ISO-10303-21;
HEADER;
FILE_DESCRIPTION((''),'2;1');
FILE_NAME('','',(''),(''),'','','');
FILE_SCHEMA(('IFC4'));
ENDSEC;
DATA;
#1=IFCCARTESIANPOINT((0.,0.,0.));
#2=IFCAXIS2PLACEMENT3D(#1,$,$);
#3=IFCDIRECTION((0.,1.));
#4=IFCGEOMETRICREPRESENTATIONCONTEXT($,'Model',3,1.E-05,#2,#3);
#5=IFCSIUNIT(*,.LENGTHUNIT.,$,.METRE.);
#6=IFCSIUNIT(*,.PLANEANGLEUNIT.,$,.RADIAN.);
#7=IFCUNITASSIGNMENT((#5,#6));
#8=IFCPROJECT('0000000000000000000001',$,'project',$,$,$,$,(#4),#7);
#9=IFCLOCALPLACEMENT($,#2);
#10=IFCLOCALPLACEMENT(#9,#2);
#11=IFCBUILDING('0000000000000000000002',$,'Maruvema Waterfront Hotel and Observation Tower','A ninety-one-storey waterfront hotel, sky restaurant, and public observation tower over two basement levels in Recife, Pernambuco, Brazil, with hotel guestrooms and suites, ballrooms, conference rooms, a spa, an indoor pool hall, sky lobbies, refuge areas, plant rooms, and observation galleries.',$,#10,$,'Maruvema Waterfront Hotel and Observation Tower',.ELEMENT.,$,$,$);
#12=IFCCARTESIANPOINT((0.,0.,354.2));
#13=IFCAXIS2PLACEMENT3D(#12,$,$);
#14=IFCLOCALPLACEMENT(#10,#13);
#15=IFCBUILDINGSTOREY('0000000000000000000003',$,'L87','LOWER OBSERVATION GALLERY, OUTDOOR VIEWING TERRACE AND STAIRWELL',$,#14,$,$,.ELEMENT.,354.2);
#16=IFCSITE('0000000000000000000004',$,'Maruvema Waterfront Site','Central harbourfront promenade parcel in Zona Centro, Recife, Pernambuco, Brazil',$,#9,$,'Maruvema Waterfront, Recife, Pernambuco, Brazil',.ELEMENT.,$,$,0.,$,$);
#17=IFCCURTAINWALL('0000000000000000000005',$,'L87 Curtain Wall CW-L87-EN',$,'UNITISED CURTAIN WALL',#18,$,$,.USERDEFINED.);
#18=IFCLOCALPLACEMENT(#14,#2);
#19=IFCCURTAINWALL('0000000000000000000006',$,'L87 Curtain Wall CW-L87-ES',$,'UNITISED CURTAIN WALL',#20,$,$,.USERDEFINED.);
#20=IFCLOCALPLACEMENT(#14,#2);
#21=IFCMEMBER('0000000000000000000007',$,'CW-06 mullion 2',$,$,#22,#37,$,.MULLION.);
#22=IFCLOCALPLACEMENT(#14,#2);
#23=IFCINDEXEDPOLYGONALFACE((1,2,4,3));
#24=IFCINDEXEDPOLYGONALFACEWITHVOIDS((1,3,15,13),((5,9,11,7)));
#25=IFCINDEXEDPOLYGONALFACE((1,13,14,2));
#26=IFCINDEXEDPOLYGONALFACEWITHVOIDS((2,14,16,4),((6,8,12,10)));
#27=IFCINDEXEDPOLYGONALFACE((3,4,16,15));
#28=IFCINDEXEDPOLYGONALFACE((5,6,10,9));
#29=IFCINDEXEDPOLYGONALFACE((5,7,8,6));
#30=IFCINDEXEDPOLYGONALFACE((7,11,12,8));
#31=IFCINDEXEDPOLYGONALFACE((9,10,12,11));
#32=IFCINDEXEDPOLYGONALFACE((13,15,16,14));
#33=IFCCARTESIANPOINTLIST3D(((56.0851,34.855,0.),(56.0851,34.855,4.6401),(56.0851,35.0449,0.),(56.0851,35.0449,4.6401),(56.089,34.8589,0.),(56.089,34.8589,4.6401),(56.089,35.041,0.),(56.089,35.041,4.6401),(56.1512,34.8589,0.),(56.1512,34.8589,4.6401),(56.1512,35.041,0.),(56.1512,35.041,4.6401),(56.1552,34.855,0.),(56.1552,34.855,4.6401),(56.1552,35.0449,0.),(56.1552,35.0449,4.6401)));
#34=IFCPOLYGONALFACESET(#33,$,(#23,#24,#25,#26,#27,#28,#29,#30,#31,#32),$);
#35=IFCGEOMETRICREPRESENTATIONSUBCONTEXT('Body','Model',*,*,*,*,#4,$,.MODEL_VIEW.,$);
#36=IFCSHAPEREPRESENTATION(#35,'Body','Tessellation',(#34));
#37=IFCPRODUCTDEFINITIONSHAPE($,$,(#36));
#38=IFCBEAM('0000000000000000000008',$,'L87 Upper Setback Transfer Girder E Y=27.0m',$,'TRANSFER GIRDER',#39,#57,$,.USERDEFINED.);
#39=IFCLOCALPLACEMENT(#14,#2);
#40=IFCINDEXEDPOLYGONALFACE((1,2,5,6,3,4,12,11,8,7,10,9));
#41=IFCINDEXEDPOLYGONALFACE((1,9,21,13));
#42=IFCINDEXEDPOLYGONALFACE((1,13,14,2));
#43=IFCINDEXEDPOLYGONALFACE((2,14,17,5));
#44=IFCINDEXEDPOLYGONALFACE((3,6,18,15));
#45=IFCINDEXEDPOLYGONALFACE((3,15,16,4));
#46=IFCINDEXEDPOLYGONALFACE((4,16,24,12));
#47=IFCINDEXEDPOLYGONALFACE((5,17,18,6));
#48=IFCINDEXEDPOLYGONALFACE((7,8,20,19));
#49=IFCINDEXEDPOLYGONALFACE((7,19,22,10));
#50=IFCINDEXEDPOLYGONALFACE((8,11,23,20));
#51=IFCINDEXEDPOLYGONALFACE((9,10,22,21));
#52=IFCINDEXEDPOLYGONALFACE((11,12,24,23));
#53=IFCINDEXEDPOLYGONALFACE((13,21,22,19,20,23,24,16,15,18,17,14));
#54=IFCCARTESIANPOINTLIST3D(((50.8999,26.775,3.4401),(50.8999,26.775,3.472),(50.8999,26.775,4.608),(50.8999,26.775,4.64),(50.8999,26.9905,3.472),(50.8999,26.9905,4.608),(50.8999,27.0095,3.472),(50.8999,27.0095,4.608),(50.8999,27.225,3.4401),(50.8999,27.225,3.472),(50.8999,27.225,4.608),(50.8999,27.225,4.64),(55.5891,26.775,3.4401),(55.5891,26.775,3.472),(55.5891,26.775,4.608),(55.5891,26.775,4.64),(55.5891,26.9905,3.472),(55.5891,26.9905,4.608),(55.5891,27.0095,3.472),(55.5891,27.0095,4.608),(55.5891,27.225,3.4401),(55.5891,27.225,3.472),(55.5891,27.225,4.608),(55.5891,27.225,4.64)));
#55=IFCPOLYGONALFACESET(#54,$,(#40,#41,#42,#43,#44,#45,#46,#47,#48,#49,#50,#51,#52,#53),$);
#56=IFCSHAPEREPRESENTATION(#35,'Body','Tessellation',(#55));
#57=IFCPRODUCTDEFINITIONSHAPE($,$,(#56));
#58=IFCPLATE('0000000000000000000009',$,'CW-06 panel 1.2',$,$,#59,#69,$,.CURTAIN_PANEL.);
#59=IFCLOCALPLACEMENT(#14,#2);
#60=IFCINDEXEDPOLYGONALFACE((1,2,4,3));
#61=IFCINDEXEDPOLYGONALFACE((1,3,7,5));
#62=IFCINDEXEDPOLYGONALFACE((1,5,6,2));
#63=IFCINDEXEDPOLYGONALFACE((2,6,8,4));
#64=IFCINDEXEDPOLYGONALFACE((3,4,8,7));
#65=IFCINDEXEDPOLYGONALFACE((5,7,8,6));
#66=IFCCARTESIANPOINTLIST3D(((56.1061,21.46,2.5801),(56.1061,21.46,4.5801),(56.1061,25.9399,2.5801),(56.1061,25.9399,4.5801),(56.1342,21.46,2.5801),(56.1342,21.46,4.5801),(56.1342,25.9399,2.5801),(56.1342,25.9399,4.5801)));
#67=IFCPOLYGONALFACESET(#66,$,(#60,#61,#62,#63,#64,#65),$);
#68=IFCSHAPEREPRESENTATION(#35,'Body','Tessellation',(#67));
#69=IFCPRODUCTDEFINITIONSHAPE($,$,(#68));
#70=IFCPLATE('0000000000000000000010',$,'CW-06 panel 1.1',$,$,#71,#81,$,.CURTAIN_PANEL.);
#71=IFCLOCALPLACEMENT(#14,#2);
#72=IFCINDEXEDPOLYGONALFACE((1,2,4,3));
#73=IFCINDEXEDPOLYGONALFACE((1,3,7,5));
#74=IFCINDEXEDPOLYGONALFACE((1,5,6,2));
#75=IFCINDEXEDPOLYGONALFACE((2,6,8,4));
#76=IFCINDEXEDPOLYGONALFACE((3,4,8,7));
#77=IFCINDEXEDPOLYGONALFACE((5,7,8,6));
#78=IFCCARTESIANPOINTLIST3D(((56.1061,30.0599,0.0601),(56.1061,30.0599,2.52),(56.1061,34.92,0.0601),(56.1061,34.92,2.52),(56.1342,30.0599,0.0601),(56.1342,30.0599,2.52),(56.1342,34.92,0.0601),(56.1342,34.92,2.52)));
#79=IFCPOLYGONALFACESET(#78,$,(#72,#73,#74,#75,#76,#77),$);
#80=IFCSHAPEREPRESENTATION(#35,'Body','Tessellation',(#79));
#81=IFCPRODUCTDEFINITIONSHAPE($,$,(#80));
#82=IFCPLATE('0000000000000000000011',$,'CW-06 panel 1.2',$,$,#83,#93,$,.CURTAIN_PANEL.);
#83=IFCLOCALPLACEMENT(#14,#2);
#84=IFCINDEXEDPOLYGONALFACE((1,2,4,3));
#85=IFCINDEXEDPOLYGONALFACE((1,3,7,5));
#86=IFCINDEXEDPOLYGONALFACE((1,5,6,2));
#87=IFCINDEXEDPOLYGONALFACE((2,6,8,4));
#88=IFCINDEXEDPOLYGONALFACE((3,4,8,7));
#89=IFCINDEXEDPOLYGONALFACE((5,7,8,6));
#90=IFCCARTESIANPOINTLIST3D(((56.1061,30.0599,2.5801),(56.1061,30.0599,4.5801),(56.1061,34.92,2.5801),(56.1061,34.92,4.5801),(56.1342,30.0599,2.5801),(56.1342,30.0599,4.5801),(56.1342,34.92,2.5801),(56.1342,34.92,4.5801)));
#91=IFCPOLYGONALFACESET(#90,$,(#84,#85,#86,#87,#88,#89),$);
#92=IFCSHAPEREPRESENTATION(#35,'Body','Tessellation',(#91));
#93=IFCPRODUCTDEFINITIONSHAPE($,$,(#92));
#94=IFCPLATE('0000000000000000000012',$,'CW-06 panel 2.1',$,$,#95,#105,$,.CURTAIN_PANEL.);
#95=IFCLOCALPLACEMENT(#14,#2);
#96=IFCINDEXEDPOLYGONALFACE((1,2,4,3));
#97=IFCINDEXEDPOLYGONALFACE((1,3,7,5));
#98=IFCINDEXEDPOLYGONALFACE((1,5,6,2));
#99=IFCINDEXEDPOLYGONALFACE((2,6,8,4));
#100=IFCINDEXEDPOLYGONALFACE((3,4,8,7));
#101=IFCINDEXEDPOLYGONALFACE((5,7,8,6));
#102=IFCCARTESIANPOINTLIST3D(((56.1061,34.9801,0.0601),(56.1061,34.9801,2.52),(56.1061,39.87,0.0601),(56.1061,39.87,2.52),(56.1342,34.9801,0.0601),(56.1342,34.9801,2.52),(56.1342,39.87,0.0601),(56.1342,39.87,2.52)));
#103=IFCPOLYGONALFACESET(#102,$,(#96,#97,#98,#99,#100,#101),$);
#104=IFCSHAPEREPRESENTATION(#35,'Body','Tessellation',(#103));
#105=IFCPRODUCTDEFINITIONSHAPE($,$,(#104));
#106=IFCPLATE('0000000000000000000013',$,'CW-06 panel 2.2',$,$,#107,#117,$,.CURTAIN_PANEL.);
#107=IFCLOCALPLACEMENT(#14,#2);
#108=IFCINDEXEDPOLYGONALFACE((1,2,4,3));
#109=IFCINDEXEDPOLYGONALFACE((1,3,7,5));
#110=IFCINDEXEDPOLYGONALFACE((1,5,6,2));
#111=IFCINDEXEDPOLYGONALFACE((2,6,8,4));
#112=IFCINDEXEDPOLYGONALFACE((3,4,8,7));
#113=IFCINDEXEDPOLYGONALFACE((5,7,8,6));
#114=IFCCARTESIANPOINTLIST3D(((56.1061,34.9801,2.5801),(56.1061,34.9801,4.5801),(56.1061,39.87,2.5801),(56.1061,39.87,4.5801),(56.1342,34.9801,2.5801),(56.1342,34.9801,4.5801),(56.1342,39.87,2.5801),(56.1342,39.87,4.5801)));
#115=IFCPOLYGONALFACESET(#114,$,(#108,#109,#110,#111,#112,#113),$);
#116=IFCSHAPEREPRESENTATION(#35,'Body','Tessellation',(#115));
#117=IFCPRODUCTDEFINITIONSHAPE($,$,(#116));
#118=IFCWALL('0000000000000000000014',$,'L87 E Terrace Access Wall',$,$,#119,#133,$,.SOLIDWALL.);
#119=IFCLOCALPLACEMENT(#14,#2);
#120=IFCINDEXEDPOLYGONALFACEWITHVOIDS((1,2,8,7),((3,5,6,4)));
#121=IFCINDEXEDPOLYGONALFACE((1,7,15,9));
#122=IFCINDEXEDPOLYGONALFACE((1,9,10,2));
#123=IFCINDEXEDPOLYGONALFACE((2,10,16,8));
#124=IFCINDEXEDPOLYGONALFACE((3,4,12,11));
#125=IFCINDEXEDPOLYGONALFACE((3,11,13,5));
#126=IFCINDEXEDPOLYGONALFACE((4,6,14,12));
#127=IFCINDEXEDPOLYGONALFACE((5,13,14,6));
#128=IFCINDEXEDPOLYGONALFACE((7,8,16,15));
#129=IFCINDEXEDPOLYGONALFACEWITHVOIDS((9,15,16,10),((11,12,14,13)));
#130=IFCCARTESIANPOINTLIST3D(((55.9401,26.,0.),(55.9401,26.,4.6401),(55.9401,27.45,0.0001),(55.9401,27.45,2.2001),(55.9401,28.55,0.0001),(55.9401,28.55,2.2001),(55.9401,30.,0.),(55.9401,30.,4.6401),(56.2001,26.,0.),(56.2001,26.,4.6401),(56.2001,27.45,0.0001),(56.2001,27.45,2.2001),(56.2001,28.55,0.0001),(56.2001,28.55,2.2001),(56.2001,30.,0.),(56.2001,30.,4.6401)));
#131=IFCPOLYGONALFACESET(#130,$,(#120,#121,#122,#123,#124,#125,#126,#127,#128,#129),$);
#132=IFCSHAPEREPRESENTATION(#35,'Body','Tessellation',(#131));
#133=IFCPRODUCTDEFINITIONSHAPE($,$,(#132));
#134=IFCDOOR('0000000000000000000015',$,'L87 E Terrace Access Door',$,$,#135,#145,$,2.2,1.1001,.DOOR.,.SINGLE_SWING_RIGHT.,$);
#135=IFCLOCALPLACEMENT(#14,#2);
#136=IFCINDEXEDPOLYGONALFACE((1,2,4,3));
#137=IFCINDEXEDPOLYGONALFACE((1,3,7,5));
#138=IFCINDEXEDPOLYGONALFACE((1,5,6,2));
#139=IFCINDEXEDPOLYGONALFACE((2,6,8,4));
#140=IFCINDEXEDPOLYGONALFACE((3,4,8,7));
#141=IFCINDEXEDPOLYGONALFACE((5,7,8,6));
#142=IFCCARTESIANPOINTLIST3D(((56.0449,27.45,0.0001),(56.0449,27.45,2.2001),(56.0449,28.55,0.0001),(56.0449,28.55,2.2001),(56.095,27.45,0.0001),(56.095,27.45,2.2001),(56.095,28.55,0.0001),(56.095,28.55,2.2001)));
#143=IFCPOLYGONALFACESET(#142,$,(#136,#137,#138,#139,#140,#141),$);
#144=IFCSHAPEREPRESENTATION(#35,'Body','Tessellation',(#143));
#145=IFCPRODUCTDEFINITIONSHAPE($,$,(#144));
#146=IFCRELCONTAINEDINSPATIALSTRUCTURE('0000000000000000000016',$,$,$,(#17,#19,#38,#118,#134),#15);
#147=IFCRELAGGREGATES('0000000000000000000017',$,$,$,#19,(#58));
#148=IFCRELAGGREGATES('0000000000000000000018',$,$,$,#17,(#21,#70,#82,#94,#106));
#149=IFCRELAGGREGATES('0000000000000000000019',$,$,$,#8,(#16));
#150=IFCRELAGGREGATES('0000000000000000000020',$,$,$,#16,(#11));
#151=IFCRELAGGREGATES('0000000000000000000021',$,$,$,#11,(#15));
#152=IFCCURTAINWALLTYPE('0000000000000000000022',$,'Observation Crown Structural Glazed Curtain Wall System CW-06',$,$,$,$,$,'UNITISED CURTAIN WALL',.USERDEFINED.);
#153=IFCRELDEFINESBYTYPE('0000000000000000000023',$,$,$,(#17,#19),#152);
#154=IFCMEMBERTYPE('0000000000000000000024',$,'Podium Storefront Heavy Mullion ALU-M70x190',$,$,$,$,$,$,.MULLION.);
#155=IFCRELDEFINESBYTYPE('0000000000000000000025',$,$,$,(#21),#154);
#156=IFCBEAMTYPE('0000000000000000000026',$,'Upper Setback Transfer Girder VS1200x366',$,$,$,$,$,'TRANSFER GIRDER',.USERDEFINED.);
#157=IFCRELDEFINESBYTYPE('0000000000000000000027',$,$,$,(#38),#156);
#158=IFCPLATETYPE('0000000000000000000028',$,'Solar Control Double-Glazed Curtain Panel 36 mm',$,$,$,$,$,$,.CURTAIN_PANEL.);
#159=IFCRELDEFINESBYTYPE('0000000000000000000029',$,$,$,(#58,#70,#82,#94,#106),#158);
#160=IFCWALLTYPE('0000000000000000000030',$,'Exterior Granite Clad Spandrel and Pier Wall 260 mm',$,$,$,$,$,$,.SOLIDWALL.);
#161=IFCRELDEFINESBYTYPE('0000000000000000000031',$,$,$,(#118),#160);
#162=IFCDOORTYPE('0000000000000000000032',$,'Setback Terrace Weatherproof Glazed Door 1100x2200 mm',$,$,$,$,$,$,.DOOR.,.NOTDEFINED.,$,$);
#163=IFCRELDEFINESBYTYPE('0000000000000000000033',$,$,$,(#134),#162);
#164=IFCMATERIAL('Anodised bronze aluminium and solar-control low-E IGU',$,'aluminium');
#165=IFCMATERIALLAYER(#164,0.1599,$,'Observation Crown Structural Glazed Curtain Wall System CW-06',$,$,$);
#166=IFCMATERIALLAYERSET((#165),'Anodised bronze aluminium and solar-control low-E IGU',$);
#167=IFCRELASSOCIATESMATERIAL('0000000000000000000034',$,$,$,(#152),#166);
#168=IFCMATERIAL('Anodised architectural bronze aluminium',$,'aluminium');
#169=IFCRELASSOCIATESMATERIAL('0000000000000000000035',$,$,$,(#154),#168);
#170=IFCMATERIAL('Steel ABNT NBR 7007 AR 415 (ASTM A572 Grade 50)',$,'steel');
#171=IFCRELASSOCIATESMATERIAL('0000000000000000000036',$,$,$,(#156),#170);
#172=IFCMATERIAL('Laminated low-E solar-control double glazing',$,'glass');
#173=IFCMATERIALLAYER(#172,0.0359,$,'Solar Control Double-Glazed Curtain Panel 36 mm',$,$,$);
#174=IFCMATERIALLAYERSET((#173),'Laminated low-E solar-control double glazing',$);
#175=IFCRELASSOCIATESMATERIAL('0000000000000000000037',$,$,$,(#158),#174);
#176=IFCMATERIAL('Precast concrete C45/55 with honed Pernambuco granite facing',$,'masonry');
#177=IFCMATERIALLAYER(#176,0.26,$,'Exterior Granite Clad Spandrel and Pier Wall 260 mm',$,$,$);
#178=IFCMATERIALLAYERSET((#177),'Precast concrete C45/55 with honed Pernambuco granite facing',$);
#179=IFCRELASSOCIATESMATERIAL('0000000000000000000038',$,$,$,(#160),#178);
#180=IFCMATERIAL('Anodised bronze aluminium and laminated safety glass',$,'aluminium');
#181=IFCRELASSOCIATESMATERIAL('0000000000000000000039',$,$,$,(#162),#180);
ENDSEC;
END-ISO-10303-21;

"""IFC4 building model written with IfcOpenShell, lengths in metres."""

from ifc_helpers import new_model, si_unit, direction, frame, frame_2d, origin, origin_2d, place, context, subcontext, project, spatial, rectangle, hollow_rectangle, i_section, extrude, material, layer, layer_set, material_profile, profile_set, type_object, element, fill, aggregate, save


model = new_model("IFC4")

# Units and contexts
model_context = context("Model", 3, precision=1e-05, world=origin(), true_north=direction((0.0, 1.0)))
body_context = subcontext(model_context, "Body", "Model", "MODEL_VIEW")
ifc_project = project(units=[si_unit("LENGTHUNIT", "METRE"), si_unit("PLANEANGLEUNIT", "RADIAN")], contexts=[model_context])

# Site, building, storey
site_placement = place(None, origin())
site = spatial("IfcSite", under=ifc_project, at=site_placement, Name="Maruvema Waterfront Site", Description="Central harbourfront promenade parcel in Zona Centro, Recife, Pernambuco, Brazil", LongName="Maruvema Waterfront, Recife, Pernambuco, Brazil", CompositionType="ELEMENT", RefElevation=0.0)
building_placement = place(site_placement, origin())
building = spatial("IfcBuilding", under=site, at=building_placement, Name="Maruvema Waterfront Hotel and Observation Tower", Description="A ninety-one-storey waterfront hotel, sky restaurant, and public observation tower over two basement levels in Recife, Pernambuco, Brazil, with hotel guestrooms and suites, ballrooms, conference rooms, a spa, an indoor pool hall, sky lobbies, refuge areas, plant rooms, and observation galleries.", LongName="Maruvema Waterfront Hotel and Observation Tower", CompositionType="ELEMENT")
storey_placement = place(building_placement, frame((0.0, 0.0, 354.2)))
storey = spatial("IfcBuildingStorey", under=building, at=storey_placement, Name="L87", Description="LOWER OBSERVATION GALLERY, OUTDOOR VIEWING TERRACE AND STAIRWELL", CompositionType="ELEMENT", Elevation=354.2)

# Curtain wall
ifc_material_1 = material(Name="Anodised bronze aluminium and solar-control low-E IGU", Category="aluminium")
ifc_layer_1 = layer(ifc_material_1, 0.1599, Name="Observation Crown Structural Glazed Curtain Wall System CW-06")
ifc_layer_set_1 = layer_set([ifc_layer_1], Name="Anodised bronze aluminium and solar-control low-E IGU")
curtain_wall_type = type_object("IfcCurtainWallType", Name="Observation Crown Structural Glazed Curtain Wall System CW-06", ElementType="UNITISED CURTAIN WALL", PredefinedType="USERDEFINED", material=ifc_layer_set_1)
curtain_wall_1_placement = place(storey_placement, origin())
curtain_wall_1 = element("IfcCurtainWall", 1, at=curtain_wall_1_placement, inside=storey, type_object=curtain_wall_type, Name="L87 Curtain Wall CW-L87-EN", ObjectType="UNITISED CURTAIN WALL", PredefinedType="USERDEFINED")

# Curtain wall
curtain_wall_2_placement = place(storey_placement, origin())
curtain_wall_2 = element("IfcCurtainWall", 2, at=curtain_wall_2_placement, inside=storey, type_object=curtain_wall_type, Name="L87 Curtain Wall CW-L87-ES", ObjectType="UNITISED CURTAIN WALL", PredefinedType="USERDEFINED")
ifc_material_2 = material(Name="Anodised architectural bronze aluminium", Category="aluminium")
ifc_material_profile_1 = material_profile(ifc_material_2, hollow_rectangle(XDim=0.0701, YDim=0.1899, WallThickness=0.0039, at=origin_2d()), Name="ALU-M70x190")
ifc_profile_set_1 = profile_set([ifc_material_profile_1], Name="Anodised architectural bronze aluminium")
member_type_1 = type_object("IfcMemberType", Name="Podium Storefront Heavy Mullion ALU-M70x190", PredefinedType="MULLION", material=ifc_profile_set_1)

# Member
member_1_placement = place(storey_placement, frame((56.1201, 34.95, 0.0), z_axis=(0.0, 0.0, 1.0), x_axis=(-1.0, 0.0, 0.0)))
member_1 = element("IfcMember", 3, at=member_1_placement, type_object=member_type_1, Name="CW-06 mullion 2", PredefinedType="MULLION", context=body_context, shape_type="SweptSolid", body=[
    extrude(hollow_rectangle(XDim=0.0701, YDim=0.1899, WallThickness=0.0039, at=origin_2d()), origin(), (0.0, 0.0, 1.0), 4.6401),
])

# Beam
ifc_material_3 = material(Name="Steel ABNT NBR 7007 AR 415 (ASTM A572 Grade 50)", Category="steel")
ifc_material_profile_2 = material_profile(ifc_material_3, i_section(OverallWidth=0.45, OverallDepth=1.2, WebThickness=0.019, FlangeThickness=0.032, at=origin_2d()), Name="VS1200x366")
ifc_profile_set_2 = profile_set([ifc_material_profile_2], Name="Steel ABNT NBR 7007 AR 415 (ASTM A572 Grade 50)")
beam_type = type_object("IfcBeamType", Name="Upper Setback Transfer Girder VS1200x366", ElementType="TRANSFER GIRDER", PredefinedType="USERDEFINED", material=ifc_profile_set_2)
beam_placement = place(storey_placement, frame((50.8999, 27.0, 4.04), z_axis=(1.0, 0.0, 0.0), x_axis=(0.0, 1.0, 0.0)))
element("IfcBeam", 4, at=beam_placement, inside=storey, type_object=beam_type, Name="L87 Upper Setback Transfer Girder E Y=27.0m", ObjectType="TRANSFER GIRDER", PredefinedType="USERDEFINED", context=body_context, shape_type="SweptSolid", body=[
    extrude(i_section(OverallWidth=0.45, OverallDepth=1.2, WebThickness=0.019, FlangeThickness=0.032, at=origin_2d()), origin(), (0.0, 0.0, 1.0), 4.6892),
])

# Plates
ifc_material_4 = material(Name="Laminated low-E solar-control double glazing", Category="glass")
ifc_layer_2 = layer(ifc_material_4, 0.0359, Name="Solar Control Double-Glazed Curtain Panel 36 mm")
ifc_layer_set_2 = layer_set([ifc_layer_2], Name="Laminated low-E solar-control double glazing")
plate_type = type_object("IfcPlateType", Name="Solar Control Double-Glazed Curtain Panel 36 mm", PredefinedType="CURTAIN_PANEL", material=ifc_layer_set_2)
plate_1_placement = place(storey_placement, frame((56.1201, 23.7, 2.5801), z_axis=(0.0, 0.0, 1.0), x_axis=(0.0, 1.0, 0.0)))
plate_1 = element("IfcPlate", 5, at=plate_1_placement, type_object=plate_type, Name="CW-06 panel 1.2", PredefinedType="CURTAIN_PANEL", context=body_context, shape_type="SweptSolid", body=[
    extrude(rectangle(XDim=4.48, YDim=0.0281, at=origin_2d()), origin(), (0.0, 0.0, 1.0), 2.0),
])
aggregate(curtain_wall_2, [plate_1])
plate_2_placement = place(storey_placement, frame((56.1201, 32.49, 0.0601), z_axis=(0.0, 0.0, 1.0), x_axis=(0.0, 1.0, 0.0)))
plate_2 = element("IfcPlate", 6, at=plate_2_placement, type_object=plate_type, Name="CW-06 panel 1.1", PredefinedType="CURTAIN_PANEL", context=body_context, shape_type="SweptSolid", body=[
    extrude(rectangle(XDim=4.8601, YDim=0.0281, at=origin_2d()), origin(), (0.0, 0.0, 1.0), 2.46),
])
plate_3_placement = place(storey_placement, frame((56.1201, 32.49, 2.5801), z_axis=(0.0, 0.0, 1.0), x_axis=(0.0, 1.0, 0.0)))
plate_3 = element("IfcPlate", 7, at=plate_3_placement, type_object=plate_type, Name="CW-06 panel 1.2", PredefinedType="CURTAIN_PANEL", context=body_context, shape_type="SweptSolid", body=[
    extrude(rectangle(XDim=4.8601, YDim=0.0281, at=origin_2d()), origin(), (0.0, 0.0, 1.0), 2.0),
])
plate_4_placement = place(storey_placement, frame((56.1201, 37.425, 0.0601), z_axis=(0.0, 0.0, 1.0), x_axis=(0.0, 1.0, 0.0)))
plate_4 = element("IfcPlate", 8, at=plate_4_placement, type_object=plate_type, Name="CW-06 panel 2.1", PredefinedType="CURTAIN_PANEL", context=body_context, shape_type="SweptSolid", body=[
    extrude(rectangle(XDim=4.8899, YDim=0.0281, at=origin_2d()), origin(), (0.0, 0.0, 1.0), 2.46),
])
plate_5_placement = place(storey_placement, frame((56.1201, 37.425, 2.5801), z_axis=(0.0, 0.0, 1.0), x_axis=(0.0, 1.0, 0.0)))
plate_5 = element("IfcPlate", 9, at=plate_5_placement, type_object=plate_type, Name="CW-06 panel 2.2", PredefinedType="CURTAIN_PANEL", context=body_context, shape_type="SweptSolid", body=[
    extrude(rectangle(XDim=4.8899, YDim=0.0281, at=origin_2d()), origin(), (0.0, 0.0, 1.0), 2.0),
])
aggregate(curtain_wall_1, [member_1, plate_2, plate_3, plate_4, plate_5])

# Wall, opening, door
ifc_material_5 = material(Name="Precast concrete C45/55 with honed Pernambuco granite facing", Category="masonry")
ifc_layer_3 = layer(ifc_material_5, 0.26, Name="Exterior Granite Clad Spandrel and Pier Wall 260 mm")
ifc_layer_set_3 = layer_set([ifc_layer_3], Name="Precast concrete C45/55 with honed Pernambuco granite facing")
wall_type = type_object("IfcWallType", Name="Exterior Granite Clad Spandrel and Pier Wall 260 mm", PredefinedType="SOLIDWALL", material=ifc_layer_set_3)
wall_placement = place(storey_placement, frame((56.0701, 26.0, 0.0), z_axis=(0.0, 0.0, 1.0), x_axis=(0.0, 1.0, 0.0)))
wall = element("IfcWall", 10, at=wall_placement, inside=storey, type_object=wall_type, Name="L87 E Terrace Access Wall", PredefinedType="SOLIDWALL", context=body_context, shape_type="SweptSolid", body=[
    extrude(rectangle(XDim=4.0, YDim=0.26, at=frame_2d((2.0, 0.0))), origin(), (0.0, 0.0, 1.0), 4.6401),
])
opening_placement = place(wall_placement, frame((1.45, 0.0, 0.0)))
opening = element("IfcOpeningElement", 11, at=opening_placement, cuts=wall, PredefinedType="OPENING", context=body_context, shape_type="SweptSolid", body=[
    extrude(rectangle(XDim=1.1001, YDim=2.2, at=frame_2d((0.55, 1.1001))), frame((0.0, 0.1401, 0.0), z_axis=(0.0, -1.0, 0.0), x_axis=(1.0, 0.0, 0.0)), (0.0, 0.0, 1.0), 0.28),
])
ifc_material_6 = material(Name="Anodised bronze aluminium and laminated safety glass", Category="aluminium")
door_type = type_object("IfcDoorType", Name="Setback Terrace Weatherproof Glazed Door 1100x2200 mm", OperationType="NOTDEFINED", PredefinedType="DOOR", material=ifc_material_6)
door_placement = place(opening_placement, frame((1.1001, 0.0, 0.0), z_axis=(0.0, 0.0, 1.0), x_axis=(-1.0, 0.0, 0.0)))
door = element("IfcDoor", 12, at=door_placement, inside=storey, type_object=door_type, Name="L87 E Terrace Access Door", OperationType="SINGLE_SWING_RIGHT", OverallHeight=2.2, OverallWidth=1.1001, PredefinedType="DOOR", context=body_context, shape_type="SweptSolid", body=[
    extrude(rectangle(XDim=1.1001, YDim=2.2, at=frame_2d((0.55, 1.1001))), frame((0.0, 0.0249, 0.0), z_axis=(0.0, -1.0, 0.0), x_axis=(1.0, 0.0, 0.0)), (0.0, 0.0, 1.0), 0.05),
])
fill(opening, door)

save(model, "model.ifc")
